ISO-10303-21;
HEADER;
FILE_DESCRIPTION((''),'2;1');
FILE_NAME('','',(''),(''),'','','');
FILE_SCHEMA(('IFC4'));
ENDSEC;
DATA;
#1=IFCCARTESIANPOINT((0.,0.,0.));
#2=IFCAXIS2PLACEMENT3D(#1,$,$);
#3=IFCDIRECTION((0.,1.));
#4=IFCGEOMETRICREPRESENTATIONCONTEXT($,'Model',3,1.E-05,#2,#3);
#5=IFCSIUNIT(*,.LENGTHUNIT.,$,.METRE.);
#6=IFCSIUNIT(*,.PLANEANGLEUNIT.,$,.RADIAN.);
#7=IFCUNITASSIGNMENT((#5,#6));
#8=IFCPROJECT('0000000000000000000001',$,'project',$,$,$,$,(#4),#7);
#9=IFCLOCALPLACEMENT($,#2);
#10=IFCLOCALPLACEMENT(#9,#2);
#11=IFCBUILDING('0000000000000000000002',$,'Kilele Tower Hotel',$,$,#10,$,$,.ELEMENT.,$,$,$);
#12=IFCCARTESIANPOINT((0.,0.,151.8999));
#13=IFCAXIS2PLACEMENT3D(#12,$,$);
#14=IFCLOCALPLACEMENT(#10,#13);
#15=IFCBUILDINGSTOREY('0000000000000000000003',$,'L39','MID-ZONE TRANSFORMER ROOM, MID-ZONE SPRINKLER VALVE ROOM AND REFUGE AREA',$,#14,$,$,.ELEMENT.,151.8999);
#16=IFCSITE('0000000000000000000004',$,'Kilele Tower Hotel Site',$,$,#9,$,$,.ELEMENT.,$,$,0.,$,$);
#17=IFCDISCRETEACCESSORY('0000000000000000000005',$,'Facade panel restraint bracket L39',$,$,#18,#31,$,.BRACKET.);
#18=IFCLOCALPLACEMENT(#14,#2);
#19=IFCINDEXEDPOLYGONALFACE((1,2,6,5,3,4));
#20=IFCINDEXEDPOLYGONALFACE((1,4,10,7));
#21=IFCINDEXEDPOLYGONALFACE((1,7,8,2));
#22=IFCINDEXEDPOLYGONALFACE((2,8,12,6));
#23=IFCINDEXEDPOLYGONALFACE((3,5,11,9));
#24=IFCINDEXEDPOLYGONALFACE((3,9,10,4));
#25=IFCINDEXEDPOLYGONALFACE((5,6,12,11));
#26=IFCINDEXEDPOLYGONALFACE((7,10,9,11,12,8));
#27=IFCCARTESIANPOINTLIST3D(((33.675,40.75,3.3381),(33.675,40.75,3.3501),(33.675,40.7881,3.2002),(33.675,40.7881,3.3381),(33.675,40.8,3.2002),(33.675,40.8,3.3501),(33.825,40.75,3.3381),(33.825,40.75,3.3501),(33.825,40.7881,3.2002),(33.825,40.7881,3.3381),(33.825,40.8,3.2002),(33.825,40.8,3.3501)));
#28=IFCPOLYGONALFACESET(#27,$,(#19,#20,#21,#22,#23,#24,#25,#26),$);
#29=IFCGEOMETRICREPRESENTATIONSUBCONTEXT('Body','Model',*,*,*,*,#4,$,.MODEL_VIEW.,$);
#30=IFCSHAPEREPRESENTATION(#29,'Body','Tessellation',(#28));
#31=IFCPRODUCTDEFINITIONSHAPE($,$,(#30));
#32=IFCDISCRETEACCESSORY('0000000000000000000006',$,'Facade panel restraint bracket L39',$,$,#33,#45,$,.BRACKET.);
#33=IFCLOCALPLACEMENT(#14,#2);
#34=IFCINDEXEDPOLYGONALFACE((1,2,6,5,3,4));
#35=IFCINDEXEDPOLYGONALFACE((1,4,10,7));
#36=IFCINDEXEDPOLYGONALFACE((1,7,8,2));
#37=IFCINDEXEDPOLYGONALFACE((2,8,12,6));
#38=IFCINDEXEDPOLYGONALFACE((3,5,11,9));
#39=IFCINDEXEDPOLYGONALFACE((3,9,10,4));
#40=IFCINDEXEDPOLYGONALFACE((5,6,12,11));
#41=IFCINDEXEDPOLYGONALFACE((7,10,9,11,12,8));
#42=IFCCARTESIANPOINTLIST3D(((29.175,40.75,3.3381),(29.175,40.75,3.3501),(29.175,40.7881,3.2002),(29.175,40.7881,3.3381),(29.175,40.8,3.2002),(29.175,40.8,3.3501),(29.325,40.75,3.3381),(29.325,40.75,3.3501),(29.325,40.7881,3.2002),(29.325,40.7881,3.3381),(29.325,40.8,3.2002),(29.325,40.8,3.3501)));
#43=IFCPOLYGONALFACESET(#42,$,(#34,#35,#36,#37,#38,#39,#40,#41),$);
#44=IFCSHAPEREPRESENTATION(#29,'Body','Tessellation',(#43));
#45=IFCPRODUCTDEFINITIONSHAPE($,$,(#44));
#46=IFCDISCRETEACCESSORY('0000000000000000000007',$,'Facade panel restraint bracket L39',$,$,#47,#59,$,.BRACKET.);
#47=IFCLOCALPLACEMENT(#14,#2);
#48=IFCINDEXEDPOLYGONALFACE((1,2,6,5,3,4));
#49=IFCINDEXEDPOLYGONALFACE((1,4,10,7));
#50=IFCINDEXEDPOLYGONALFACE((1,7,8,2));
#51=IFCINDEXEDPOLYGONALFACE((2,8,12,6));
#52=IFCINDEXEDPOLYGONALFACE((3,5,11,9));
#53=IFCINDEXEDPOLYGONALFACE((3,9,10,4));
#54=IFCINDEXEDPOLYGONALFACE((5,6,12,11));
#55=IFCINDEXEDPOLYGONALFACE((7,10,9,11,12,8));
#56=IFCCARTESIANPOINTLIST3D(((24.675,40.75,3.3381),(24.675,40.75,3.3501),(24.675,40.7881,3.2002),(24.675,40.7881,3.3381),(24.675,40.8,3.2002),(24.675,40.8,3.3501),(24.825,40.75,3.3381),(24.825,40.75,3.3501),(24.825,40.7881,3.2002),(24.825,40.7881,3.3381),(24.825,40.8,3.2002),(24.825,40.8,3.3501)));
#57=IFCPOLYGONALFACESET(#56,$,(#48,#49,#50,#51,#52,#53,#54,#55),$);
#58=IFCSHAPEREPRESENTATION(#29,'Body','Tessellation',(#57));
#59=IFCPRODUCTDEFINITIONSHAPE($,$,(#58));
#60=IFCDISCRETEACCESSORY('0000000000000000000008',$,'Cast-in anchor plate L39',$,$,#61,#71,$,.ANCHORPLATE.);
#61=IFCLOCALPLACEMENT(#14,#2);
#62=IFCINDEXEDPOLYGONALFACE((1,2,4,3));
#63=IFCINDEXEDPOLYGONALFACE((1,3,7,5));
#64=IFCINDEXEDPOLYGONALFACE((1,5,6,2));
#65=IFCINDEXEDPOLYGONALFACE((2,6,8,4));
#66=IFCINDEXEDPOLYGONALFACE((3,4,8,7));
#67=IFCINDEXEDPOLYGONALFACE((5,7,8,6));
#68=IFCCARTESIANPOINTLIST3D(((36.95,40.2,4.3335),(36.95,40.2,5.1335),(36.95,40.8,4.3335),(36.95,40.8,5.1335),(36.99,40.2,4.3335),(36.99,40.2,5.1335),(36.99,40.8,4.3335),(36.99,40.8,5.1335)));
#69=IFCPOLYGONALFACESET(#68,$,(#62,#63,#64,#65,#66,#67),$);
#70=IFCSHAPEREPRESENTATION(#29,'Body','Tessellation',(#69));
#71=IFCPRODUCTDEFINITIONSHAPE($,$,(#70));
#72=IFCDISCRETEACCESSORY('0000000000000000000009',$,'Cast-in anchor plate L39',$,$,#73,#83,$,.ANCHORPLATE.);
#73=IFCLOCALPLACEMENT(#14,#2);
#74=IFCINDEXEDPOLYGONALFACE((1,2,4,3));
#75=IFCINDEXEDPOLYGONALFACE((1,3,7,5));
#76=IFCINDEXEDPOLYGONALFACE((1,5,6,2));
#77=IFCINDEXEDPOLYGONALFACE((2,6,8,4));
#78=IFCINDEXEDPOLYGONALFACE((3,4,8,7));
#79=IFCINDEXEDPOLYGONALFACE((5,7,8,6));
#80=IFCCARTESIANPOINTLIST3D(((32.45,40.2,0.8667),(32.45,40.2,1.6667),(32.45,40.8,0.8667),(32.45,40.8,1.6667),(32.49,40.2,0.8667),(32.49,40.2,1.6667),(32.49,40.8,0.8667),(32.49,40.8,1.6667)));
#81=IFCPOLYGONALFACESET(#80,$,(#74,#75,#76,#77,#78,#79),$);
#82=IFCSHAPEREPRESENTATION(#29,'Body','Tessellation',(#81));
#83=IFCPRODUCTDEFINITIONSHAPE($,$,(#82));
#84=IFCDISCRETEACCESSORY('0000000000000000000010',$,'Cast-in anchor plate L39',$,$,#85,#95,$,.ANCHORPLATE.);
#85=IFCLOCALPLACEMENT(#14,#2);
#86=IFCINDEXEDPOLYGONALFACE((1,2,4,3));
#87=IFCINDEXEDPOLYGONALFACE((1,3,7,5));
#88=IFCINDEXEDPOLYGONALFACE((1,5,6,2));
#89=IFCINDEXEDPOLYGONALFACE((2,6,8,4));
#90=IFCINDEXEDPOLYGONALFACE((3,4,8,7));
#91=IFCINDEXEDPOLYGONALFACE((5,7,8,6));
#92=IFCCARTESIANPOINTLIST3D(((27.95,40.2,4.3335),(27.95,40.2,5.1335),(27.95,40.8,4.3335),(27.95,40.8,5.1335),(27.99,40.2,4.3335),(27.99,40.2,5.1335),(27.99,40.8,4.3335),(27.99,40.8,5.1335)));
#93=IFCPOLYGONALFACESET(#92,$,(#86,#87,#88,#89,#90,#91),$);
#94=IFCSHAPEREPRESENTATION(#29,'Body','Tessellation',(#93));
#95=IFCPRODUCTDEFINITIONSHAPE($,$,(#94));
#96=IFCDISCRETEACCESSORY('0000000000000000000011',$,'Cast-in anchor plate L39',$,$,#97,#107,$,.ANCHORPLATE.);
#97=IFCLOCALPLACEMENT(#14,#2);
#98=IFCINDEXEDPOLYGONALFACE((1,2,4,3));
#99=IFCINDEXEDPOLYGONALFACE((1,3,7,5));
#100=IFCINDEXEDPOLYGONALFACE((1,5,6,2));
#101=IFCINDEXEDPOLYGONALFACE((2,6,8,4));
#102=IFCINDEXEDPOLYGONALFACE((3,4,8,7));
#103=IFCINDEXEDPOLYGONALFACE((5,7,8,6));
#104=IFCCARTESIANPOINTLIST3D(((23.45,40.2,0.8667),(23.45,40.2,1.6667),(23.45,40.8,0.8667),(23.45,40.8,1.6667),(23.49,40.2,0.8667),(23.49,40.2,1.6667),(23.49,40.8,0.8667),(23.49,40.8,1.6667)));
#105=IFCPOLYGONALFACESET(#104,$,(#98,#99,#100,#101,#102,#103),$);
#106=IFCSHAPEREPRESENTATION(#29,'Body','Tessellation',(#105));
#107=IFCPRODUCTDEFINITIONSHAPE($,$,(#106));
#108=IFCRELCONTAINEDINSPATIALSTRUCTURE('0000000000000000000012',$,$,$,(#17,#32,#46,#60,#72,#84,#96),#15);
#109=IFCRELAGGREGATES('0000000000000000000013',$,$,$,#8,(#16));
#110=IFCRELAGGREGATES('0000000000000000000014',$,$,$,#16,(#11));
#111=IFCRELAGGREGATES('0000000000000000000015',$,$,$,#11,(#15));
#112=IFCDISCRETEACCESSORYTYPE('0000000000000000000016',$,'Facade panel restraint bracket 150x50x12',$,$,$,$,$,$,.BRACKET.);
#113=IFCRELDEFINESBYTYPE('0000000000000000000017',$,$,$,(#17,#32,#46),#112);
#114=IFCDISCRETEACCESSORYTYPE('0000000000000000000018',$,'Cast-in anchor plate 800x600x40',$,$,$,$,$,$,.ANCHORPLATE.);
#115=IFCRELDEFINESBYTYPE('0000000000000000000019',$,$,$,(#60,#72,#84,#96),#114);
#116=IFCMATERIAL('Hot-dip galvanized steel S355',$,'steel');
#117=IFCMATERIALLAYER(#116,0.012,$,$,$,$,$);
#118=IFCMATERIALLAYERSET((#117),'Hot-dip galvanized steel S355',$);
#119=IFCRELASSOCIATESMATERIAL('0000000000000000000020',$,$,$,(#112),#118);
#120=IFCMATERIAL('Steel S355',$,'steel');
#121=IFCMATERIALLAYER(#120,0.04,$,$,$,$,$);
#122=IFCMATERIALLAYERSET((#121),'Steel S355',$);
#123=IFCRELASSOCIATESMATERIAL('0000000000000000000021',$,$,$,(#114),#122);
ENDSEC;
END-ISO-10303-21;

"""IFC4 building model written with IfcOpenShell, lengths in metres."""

from ifc_helpers import new_model, si_unit, direction, frame, origin, place, context, subcontext, project, spatial, polyline, outline, extrude, source, transform, mapped, material, layer, layer_set, type_object, element, save


model = new_model("IFC4")

# Units and contexts
model_context = context("Model", 3, precision=1e-05, world=origin(), true_north=direction((0.0, 1.0)))
body_context = subcontext(model_context, "Body", "Model", "MODEL_VIEW")
ifc_project = project(units=[si_unit("LENGTHUNIT", "METRE"), si_unit("PLANEANGLEUNIT", "RADIAN")], contexts=[model_context])

# Site, building, storey
site_placement = place(None, origin())
site = spatial("IfcSite", under=ifc_project, at=site_placement, Name="Kilele Tower Hotel Site", CompositionType="ELEMENT", RefElevation=0.0)
building_placement = place(site_placement, origin())
building = spatial("IfcBuilding", under=site, at=building_placement, Name="Kilele Tower Hotel", CompositionType="ELEMENT")
storey_placement = place(building_placement, frame((0.0, 0.0, 151.8999)))
storey = spatial("IfcBuildingStorey", under=building, at=storey_placement, Name="L39", Description="MID-ZONE TRANSFORMER ROOM, MID-ZONE SPRINKLER VALVE ROOM AND REFUGE AREA", CompositionType="ELEMENT", Elevation=151.8999)

# Discrete accessories
ifc_material_1 = material(Name="Hot-dip galvanized steel S355", Category="steel")
ifc_layer_1 = layer(ifc_material_1, 0.012)
ifc_layer_set_1 = layer_set([ifc_layer_1], Name="Hot-dip galvanized steel S355")
discrete_accessory_type_1 = type_object("IfcDiscreteAccessoryType", Name="Facade panel restraint bracket 150x50x12", PredefinedType="BRACKET", material=ifc_layer_set_1)
shared_shape_1 = source(origin(), body_context, "Body", "SweptSolid", [
    extrude(outline(polyline([(0.0, 0.0), (0.0, -0.1499), (-0.012, -0.1499), (-0.012, -0.012), (-0.05, -0.012), (-0.05, 0.0), (0.0, 0.0)])), origin(), (0.0, 0.0, 1.0), 0.1499),
])
for number, where, z_axis, x_axis, name in (
    (1, (33.675, 40.8, 3.3501), (1.0, 0.0, 0.0), (0.0, 1.0, 0.0), "Facade panel restraint bracket L39"),
    (2, (29.175, 40.8, 3.3501), (1.0, 0.0, 0.0), (0.0, 1.0, 0.0), "Facade panel restraint bracket L39"),
    (3, (24.675, 40.8, 3.3501), (1.0, 0.0, 0.0), (0.0, 1.0, 0.0), "Facade panel restraint bracket L39"),
):
    element("IfcDiscreteAccessory", number, at=place(storey_placement, frame(where, z_axis=z_axis, x_axis=x_axis)), inside=storey, type_object=discrete_accessory_type_1, Name=name, PredefinedType="BRACKET", context=body_context, shape_type="MappedRepresentation", body=[
        mapped(shared_shape_1, transform((0.0, 0.0, 0.0))),
    ])
ifc_material_2 = material(Name="Steel S355", Category="steel")
ifc_layer_2 = layer(ifc_material_2, 0.04)
ifc_layer_set_2 = layer_set([ifc_layer_2], Name="Steel S355")
discrete_accessory_type_2 = type_object("IfcDiscreteAccessoryType", Name="Cast-in anchor plate 800x600x40", PredefinedType="ANCHORPLATE", material=ifc_layer_set_2)
shared_shape_2 = source(origin(), body_context, "Body", "SweptSolid", [
    extrude(outline(polyline([(0.0, 0.0), (0.04, 0.0), (0.04, 0.8), (0.0, 0.8), (0.0, 0.0)])), origin(), (0.0, 0.0, 1.0), 0.6001),
])
for number, where, z_axis, x_axis, name in (
    (4, (36.95, 40.8, 4.3335), (0.0, -1.0, 0.0), (1.0, 0.0, 0.0), "Cast-in anchor plate L39"),
    (5, (32.45, 40.8, 0.8667), (0.0, -1.0, 0.0), (1.0, 0.0, 0.0), "Cast-in anchor plate L39"),
    (6, (27.95, 40.8, 4.3335), (0.0, -1.0, 0.0), (1.0, 0.0, 0.0), "Cast-in anchor plate L39"),
    (7, (23.45, 40.8, 0.8667), (0.0, -1.0, 0.0), (1.0, 0.0, 0.0), "Cast-in anchor plate L39"),
):
    element("IfcDiscreteAccessory", number, at=place(storey_placement, frame(where, z_axis=z_axis, x_axis=x_axis)), inside=storey, type_object=discrete_accessory_type_2, Name=name, PredefinedType="ANCHORPLATE", context=body_context, shape_type="MappedRepresentation", body=[
        mapped(shared_shape_2, transform((0.0, 0.0, 0.0))),
    ])

save(model, "model.ifc")
